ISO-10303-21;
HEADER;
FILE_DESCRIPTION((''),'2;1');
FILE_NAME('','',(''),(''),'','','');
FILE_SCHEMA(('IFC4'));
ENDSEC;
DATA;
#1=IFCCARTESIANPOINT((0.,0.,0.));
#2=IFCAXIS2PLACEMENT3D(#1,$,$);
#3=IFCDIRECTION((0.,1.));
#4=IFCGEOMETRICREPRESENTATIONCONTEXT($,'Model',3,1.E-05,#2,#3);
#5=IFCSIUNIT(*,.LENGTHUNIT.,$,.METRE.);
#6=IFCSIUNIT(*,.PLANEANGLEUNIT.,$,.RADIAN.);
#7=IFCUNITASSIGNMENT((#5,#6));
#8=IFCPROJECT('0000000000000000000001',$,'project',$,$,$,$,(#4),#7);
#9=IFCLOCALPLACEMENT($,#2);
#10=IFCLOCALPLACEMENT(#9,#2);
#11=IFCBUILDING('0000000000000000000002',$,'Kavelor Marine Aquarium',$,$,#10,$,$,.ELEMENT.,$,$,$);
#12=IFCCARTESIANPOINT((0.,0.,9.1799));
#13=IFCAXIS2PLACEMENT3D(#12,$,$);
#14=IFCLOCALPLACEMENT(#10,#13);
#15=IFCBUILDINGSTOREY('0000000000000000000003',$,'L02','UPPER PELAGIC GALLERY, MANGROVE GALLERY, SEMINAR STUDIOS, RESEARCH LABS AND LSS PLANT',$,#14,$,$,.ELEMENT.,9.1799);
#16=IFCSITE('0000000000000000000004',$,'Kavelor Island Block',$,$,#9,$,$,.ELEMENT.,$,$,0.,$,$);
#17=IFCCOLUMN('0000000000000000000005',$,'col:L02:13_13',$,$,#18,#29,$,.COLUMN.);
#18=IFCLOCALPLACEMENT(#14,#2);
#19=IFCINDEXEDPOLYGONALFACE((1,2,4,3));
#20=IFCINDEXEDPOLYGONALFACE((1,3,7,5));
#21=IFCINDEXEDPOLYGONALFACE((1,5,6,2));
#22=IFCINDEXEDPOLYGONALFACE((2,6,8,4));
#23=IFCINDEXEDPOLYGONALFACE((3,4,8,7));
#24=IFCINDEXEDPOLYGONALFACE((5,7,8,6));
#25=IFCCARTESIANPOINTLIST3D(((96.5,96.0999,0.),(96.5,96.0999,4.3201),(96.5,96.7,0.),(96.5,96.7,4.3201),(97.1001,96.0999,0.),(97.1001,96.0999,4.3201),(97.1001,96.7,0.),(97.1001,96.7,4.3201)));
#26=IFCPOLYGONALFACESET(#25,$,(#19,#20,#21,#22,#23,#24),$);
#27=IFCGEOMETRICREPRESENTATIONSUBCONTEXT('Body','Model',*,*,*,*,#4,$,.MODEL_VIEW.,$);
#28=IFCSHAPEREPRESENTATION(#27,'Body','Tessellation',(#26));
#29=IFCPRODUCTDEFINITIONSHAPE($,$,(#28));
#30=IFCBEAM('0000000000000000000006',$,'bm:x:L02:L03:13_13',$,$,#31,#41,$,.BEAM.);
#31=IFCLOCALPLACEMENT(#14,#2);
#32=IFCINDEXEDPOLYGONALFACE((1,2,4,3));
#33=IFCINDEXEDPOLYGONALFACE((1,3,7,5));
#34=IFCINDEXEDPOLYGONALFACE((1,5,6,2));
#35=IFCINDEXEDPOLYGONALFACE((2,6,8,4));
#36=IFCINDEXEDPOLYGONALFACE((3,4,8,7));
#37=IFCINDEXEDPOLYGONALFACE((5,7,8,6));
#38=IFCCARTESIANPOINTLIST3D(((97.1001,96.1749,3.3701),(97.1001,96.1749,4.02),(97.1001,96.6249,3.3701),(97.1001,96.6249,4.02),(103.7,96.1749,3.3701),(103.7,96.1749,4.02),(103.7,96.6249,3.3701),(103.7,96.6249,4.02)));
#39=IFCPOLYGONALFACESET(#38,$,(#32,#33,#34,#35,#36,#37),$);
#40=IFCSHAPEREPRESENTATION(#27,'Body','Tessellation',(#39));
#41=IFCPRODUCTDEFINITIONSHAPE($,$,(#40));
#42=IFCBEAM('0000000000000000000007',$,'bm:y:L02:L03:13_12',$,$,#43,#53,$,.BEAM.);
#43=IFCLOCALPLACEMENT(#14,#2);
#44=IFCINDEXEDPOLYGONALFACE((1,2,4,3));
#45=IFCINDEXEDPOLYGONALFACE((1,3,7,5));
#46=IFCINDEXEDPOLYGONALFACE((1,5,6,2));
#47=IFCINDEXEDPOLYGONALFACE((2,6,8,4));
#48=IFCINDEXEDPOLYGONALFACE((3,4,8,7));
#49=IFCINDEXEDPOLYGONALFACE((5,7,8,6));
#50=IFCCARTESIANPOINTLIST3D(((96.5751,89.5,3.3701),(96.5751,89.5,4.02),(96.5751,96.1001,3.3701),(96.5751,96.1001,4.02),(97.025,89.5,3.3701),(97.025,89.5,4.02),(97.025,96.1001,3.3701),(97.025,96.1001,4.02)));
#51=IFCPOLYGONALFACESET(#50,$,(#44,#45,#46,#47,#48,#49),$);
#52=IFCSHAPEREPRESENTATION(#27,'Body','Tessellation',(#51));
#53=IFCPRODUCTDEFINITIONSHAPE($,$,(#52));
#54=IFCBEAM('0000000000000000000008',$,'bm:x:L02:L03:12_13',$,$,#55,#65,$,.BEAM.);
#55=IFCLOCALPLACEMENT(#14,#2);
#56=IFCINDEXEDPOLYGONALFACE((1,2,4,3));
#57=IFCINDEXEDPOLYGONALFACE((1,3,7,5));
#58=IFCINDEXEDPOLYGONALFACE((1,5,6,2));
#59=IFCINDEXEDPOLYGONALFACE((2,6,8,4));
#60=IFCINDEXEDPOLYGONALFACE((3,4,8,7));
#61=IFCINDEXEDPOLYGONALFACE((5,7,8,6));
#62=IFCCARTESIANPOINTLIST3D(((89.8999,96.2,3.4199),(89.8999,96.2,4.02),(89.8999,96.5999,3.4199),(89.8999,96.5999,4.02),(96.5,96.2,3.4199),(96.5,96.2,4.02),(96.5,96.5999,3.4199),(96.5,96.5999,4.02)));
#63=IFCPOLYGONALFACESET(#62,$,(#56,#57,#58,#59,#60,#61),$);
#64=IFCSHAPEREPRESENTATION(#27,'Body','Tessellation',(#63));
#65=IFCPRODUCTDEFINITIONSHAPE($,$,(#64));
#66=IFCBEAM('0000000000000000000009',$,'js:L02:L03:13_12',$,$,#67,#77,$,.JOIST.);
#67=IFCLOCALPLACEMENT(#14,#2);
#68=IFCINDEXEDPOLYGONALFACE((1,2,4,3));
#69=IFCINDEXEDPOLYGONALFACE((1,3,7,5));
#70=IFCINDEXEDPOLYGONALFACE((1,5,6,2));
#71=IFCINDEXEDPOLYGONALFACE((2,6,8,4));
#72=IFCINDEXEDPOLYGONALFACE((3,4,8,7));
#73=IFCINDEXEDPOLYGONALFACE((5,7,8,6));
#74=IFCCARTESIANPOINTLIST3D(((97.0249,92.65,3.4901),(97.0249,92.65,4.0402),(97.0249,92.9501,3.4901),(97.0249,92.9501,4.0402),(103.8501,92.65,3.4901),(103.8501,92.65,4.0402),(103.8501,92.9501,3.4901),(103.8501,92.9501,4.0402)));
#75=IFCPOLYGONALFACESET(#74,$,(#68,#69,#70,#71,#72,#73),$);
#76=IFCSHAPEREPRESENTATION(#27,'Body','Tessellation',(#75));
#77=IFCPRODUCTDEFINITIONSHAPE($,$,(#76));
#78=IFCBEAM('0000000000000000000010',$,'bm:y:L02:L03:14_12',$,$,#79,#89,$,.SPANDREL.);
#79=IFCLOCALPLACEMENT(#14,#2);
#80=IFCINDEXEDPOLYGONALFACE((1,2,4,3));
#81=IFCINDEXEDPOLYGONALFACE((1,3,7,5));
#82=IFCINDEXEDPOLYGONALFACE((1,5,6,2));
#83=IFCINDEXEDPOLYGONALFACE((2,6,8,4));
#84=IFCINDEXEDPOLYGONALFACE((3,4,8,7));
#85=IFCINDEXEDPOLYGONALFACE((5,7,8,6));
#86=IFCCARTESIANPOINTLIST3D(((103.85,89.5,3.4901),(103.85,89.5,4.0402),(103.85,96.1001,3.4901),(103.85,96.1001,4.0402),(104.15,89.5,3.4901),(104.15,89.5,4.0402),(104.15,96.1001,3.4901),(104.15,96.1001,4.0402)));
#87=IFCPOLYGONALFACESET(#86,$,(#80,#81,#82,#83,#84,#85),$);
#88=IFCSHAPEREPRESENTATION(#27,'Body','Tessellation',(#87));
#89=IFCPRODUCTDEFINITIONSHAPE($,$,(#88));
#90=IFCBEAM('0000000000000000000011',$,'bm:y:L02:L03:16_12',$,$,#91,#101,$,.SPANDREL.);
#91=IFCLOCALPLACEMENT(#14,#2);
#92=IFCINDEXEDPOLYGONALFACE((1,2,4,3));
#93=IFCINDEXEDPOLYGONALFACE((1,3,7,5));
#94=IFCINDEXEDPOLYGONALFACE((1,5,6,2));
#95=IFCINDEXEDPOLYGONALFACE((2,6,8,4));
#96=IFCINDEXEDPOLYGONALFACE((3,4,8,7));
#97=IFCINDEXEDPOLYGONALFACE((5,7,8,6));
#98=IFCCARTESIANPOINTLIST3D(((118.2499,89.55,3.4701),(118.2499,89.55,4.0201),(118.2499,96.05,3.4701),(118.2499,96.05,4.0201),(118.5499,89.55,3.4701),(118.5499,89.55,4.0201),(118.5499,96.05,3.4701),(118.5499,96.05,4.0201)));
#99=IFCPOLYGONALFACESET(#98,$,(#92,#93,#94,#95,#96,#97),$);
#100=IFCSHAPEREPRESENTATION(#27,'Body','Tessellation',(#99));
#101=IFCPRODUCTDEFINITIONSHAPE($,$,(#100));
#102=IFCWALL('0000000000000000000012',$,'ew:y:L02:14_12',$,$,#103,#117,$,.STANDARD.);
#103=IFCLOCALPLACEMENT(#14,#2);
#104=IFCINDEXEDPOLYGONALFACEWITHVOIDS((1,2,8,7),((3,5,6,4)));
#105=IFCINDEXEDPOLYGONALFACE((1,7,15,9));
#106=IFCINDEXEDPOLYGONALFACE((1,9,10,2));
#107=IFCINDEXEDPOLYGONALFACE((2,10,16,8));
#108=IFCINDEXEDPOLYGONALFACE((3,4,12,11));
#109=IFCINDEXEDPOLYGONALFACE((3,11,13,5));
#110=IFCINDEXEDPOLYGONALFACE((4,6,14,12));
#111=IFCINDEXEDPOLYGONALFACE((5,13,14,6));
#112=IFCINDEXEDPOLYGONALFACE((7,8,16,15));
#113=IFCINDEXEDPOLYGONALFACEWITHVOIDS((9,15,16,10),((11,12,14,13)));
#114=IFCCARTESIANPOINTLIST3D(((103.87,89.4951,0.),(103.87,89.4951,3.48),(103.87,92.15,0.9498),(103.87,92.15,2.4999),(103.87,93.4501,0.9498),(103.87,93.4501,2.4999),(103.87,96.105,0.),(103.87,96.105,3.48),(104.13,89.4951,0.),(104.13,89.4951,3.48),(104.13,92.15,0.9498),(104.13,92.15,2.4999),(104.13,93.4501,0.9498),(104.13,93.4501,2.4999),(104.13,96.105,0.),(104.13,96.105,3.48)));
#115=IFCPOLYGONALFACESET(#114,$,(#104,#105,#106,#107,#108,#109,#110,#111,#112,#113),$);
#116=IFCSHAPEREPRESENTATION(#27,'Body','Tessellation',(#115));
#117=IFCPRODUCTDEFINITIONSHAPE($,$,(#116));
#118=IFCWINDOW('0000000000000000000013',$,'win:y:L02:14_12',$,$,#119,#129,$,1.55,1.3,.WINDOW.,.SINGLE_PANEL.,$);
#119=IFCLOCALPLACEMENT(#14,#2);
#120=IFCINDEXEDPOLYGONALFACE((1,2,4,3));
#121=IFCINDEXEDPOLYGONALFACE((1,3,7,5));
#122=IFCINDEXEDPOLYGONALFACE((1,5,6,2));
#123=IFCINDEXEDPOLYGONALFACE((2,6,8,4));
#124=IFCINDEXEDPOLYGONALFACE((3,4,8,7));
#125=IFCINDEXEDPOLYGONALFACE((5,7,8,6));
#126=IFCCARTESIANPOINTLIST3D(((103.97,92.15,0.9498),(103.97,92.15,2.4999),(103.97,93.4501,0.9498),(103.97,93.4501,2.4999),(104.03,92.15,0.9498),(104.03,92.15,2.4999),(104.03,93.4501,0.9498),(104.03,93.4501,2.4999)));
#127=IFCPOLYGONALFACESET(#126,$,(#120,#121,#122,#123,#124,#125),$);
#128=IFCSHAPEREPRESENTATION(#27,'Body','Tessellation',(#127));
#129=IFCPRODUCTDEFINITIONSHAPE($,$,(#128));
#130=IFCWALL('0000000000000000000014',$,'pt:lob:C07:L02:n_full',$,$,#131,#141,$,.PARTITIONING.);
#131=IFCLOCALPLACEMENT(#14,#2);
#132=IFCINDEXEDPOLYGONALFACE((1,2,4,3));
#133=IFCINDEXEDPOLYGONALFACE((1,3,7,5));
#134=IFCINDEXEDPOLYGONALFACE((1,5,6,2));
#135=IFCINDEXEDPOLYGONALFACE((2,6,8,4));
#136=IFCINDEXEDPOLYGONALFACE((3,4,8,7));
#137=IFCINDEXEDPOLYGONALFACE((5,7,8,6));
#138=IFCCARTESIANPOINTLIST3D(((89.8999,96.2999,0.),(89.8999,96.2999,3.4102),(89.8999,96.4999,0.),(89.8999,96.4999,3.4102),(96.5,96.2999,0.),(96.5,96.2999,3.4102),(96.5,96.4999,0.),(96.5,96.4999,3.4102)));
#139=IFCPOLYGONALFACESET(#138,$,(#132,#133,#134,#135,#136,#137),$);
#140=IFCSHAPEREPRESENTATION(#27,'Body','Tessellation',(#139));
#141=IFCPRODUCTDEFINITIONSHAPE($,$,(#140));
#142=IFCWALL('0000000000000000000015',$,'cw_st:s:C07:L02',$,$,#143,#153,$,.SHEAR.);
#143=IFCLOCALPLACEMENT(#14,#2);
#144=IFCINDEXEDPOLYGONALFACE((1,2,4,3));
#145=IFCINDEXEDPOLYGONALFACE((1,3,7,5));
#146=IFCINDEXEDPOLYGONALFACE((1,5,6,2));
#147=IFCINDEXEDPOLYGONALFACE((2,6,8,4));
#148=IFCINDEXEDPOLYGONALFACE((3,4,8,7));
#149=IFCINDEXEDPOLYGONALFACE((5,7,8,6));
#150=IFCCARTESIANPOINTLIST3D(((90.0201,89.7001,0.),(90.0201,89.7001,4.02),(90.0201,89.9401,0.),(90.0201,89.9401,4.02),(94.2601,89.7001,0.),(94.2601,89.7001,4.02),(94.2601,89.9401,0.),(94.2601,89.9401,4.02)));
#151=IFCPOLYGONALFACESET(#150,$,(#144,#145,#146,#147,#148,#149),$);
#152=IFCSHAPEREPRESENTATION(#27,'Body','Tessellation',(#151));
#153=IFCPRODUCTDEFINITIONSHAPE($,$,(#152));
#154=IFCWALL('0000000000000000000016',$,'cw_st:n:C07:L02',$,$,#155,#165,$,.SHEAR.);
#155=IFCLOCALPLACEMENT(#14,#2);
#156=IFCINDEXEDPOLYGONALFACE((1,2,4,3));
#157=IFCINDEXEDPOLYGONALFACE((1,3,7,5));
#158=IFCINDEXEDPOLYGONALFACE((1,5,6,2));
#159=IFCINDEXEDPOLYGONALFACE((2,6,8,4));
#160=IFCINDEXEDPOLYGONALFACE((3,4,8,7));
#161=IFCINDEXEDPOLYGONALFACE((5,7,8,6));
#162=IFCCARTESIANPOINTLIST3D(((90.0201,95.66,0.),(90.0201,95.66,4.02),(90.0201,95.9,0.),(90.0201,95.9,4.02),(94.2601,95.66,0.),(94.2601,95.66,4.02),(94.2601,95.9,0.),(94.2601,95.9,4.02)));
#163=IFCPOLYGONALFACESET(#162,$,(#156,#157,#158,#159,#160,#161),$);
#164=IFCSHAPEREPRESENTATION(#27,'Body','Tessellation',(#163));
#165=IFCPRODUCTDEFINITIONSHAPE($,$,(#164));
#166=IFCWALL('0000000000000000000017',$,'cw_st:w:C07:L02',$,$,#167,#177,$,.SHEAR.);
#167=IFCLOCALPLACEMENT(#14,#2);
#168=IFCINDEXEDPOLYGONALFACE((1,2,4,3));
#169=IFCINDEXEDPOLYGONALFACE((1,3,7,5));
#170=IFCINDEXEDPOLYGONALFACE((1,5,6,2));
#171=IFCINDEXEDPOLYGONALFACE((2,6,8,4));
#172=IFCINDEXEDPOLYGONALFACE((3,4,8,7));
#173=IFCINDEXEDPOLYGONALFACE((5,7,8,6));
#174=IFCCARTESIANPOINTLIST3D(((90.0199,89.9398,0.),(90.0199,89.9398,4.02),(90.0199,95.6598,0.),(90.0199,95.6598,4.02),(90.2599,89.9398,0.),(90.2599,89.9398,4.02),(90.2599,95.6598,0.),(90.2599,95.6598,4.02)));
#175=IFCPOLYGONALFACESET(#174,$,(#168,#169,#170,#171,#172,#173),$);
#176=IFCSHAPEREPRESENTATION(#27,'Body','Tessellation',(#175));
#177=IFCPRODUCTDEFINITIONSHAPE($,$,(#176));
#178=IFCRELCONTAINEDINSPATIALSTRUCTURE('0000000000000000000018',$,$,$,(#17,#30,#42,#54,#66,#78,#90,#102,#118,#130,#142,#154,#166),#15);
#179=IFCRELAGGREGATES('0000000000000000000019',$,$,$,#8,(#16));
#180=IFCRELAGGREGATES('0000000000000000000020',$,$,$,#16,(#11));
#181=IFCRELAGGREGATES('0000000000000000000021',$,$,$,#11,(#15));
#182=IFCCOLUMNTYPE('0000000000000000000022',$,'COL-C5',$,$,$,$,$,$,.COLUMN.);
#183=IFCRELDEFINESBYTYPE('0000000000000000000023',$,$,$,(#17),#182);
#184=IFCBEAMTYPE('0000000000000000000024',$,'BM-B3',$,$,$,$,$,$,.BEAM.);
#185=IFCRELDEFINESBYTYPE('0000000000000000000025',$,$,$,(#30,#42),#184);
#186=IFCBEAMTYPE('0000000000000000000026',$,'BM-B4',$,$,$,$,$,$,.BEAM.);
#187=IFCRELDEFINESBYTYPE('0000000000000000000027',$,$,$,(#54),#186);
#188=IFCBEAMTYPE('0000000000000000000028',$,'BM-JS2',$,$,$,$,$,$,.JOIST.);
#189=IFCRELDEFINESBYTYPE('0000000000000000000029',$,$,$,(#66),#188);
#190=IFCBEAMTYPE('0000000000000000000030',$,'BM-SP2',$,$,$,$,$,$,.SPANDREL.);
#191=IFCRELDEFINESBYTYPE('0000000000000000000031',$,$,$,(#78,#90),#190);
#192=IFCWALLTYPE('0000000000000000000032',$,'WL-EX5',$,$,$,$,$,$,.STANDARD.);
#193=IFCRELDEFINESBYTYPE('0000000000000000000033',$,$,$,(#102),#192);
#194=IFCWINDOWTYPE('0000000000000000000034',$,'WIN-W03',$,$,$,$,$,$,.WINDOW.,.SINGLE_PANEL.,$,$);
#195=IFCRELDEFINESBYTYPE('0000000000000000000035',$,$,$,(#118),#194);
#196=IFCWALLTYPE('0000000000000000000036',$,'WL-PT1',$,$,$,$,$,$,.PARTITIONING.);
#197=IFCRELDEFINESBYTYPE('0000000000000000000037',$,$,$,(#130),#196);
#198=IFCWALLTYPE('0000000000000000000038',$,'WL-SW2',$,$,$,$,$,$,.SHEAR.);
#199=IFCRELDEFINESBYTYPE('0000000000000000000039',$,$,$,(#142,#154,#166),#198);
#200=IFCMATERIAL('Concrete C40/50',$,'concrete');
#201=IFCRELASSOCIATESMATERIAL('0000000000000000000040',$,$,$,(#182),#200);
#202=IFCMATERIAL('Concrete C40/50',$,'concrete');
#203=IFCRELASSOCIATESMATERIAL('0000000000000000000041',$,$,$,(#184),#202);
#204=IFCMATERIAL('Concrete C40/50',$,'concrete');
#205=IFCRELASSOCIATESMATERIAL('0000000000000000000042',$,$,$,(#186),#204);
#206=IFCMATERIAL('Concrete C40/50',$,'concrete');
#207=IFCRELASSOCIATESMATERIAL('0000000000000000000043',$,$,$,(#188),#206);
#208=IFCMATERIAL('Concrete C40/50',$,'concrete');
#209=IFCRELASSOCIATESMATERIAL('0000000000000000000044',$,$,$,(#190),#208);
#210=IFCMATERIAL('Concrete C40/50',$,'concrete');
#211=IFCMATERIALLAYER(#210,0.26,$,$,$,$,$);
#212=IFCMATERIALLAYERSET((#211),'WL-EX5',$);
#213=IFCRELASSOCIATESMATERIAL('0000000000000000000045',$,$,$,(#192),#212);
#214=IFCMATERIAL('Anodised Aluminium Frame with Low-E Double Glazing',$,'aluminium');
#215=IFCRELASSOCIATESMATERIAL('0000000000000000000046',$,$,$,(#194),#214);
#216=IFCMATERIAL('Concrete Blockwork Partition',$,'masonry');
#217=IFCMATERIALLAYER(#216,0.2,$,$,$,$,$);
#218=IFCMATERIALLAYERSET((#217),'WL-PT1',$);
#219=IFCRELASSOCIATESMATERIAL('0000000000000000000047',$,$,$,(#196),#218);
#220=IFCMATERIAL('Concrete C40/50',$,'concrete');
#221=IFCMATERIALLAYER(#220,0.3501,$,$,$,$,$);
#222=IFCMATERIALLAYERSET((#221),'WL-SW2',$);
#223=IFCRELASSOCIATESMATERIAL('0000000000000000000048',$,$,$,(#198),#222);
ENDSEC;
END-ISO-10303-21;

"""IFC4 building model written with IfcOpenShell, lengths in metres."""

from ifc_helpers import new_model, si_unit, direction, frame, frame_2d, origin, origin_2d, place, context, subcontext, project, spatial, rectangle, extrude, material, layer, layer_set, material_profile, profile_set, type_object, element, fill, save


model = new_model("IFC4")

# Units and contexts
model_context = context("Model", 3, precision=1e-05, world=origin(), true_north=direction((0.0, 1.0)))
body_context = subcontext(model_context, "Body", "Model", "MODEL_VIEW")
ifc_project = project(units=[si_unit("LENGTHUNIT", "METRE"), si_unit("PLANEANGLEUNIT", "RADIAN")], contexts=[model_context])

# Site, building, storey
site_placement = place(None, origin())
site = spatial("IfcSite", under=ifc_project, at=site_placement, Name="Kavelor Island Block", CompositionType="ELEMENT", RefElevation=0.0)
building_placement = place(site_placement, origin())
building = spatial("IfcBuilding", under=site, at=building_placement, Name="Kavelor Marine Aquarium", CompositionType="ELEMENT")
storey_placement = place(building_placement, frame((0.0, 0.0, 9.1799)))
storey = spatial("IfcBuildingStorey", under=building, at=storey_placement, Name="L02", Description="UPPER PELAGIC GALLERY, MANGROVE GALLERY, SEMINAR STUDIOS, RESEARCH LABS AND LSS PLANT", CompositionType="ELEMENT", Elevation=9.1799)

# Column
ifc_material_1 = material(Name="Concrete C40/50", Category="concrete")
ifc_material_profile_1 = material_profile(ifc_material_1, rectangle(XDim=0.6001, YDim=0.6001, at=origin_2d()), Name="RC-COL 600x600")
ifc_profile_set_1 = profile_set([ifc_material_profile_1], Name="Concrete C40/50")
column_type = type_object("IfcColumnType", Name="COL-C5", PredefinedType="COLUMN", material=ifc_profile_set_1)
column_placement = place(storey_placement, frame((96.8, 96.3999, 0.0), z_axis=(0.0, 0.0, 1.0), x_axis=(1.0, 0.0, 0.0)))
element("IfcColumn", 1, at=column_placement, inside=storey, type_object=column_type, Name="col:L02:13_13", PredefinedType="COLUMN", context=body_context, shape_type="SweptSolid", body=[
    extrude(rectangle(XDim=0.6001, YDim=0.6001, at=origin_2d()), origin(), (0.0, 0.0, 1.0), 4.3201),
])

# Beams
ifc_material_2 = material(Name="Concrete C40/50", Category="concrete")
ifc_material_profile_2 = material_profile(ifc_material_2, rectangle(XDim=0.45, YDim=0.6499, at=origin_2d()), Name="RC-BM 450x650")
ifc_profile_set_2 = profile_set([ifc_material_profile_2], Name="Concrete C40/50")
beam_type_1 = type_object("IfcBeamType", Name="BM-B3", PredefinedType="BEAM", material=ifc_profile_set_2)
beam_1_placement = place(storey_placement, frame((97.1001, 96.3999, 3.6951), z_axis=(1.0, 0.0, 0.0), x_axis=(0.0, 1.0, 0.0)))
element("IfcBeam", 2, at=beam_1_placement, inside=storey, type_object=beam_type_1, Name="bm:x:L02:L03:13_13", PredefinedType="BEAM", context=body_context, shape_type="SweptSolid", body=[
    extrude(rectangle(XDim=0.45, YDim=0.6499, at=origin_2d()), origin(), (0.0, 0.0, 1.0), 6.5999),
])
beam_2_placement = place(storey_placement, frame((96.8, 89.5, 3.6951), z_axis=(0.0, 1.0, 0.0), x_axis=(-1.0, 0.0, 0.0)))
element("IfcBeam", 3, at=beam_2_placement, inside=storey, type_object=beam_type_1, Name="bm:y:L02:L03:13_12", PredefinedType="BEAM", context=body_context, shape_type="SweptSolid", body=[
    extrude(rectangle(XDim=0.45, YDim=0.6499, at=origin_2d()), origin(), (0.0, 0.0, 1.0), 6.6001),
])
ifc_material_3 = material(Name="Concrete C40/50", Category="concrete")
ifc_material_profile_3 = material_profile(ifc_material_3, rectangle(XDim=0.3999, YDim=0.6001, at=origin_2d()), Name="RC-BM 400x600")
ifc_profile_set_3 = profile_set([ifc_material_profile_3], Name="Concrete C40/50")
beam_type_2 = type_object("IfcBeamType", Name="BM-B4", PredefinedType="BEAM", material=ifc_profile_set_3)
beam_3_placement = place(storey_placement, frame((89.8999, 96.3999, 3.72), z_axis=(1.0, 0.0, 0.0), x_axis=(0.0, 1.0, 0.0)))
element("IfcBeam", 4, at=beam_3_placement, inside=storey, type_object=beam_type_2, Name="bm:x:L02:L03:12_13", PredefinedType="BEAM", context=body_context, shape_type="SweptSolid", body=[
    extrude(rectangle(XDim=0.3999, YDim=0.6001, at=origin_2d()), origin(), (0.0, 0.0, 1.0), 6.6001),
])
ifc_material_4 = material(Name="Concrete C40/50", Category="concrete")
ifc_material_profile_4 = material_profile(ifc_material_4, rectangle(XDim=0.3, YDim=0.55, at=origin_2d()), Name="RC-JS 300x550")
ifc_profile_set_4 = profile_set([ifc_material_profile_4], Name="Concrete C40/50")
beam_type_3 = type_object("IfcBeamType", Name="BM-JS2", PredefinedType="JOIST", material=ifc_profile_set_4)
beam_4_placement = place(storey_placement, frame((97.0249, 92.8, 3.7651), z_axis=(1.0, 0.0, 0.0), x_axis=(0.0, 1.0, 0.0)))
element("IfcBeam", 5, at=beam_4_placement, inside=storey, type_object=beam_type_3, Name="js:L02:L03:13_12", PredefinedType="JOIST", context=body_context, shape_type="SweptSolid", body=[
    extrude(rectangle(XDim=0.3, YDim=0.55, at=origin_2d()), origin(), (0.0, 0.0, 1.0), 6.8252),
])
ifc_material_5 = material(Name="Concrete C40/50", Category="concrete")
ifc_material_profile_5 = material_profile(ifc_material_5, rectangle(XDim=0.3, YDim=0.55, at=origin_2d()), Name="RC-SP 300x550")
ifc_profile_set_5 = profile_set([ifc_material_profile_5], Name="Concrete C40/50")
beam_type_4 = type_object("IfcBeamType", Name="BM-SP2", PredefinedType="SPANDREL", material=ifc_profile_set_5)
beam_5_placement = place(storey_placement, frame((104.0, 89.5, 3.7651), z_axis=(0.0, 1.0, 0.0), x_axis=(-1.0, 0.0, 0.0)))
element("IfcBeam", 6, at=beam_5_placement, inside=storey, type_object=beam_type_4, Name="bm:y:L02:L03:14_12", PredefinedType="SPANDREL", context=body_context, shape_type="SweptSolid", body=[
    extrude(rectangle(XDim=0.3, YDim=0.55, at=origin_2d()), origin(), (0.0, 0.0, 1.0), 6.6001),
])
beam_6_placement = place(storey_placement, frame((118.3999, 89.55, 3.7451), z_axis=(0.0, 1.0, 0.0), x_axis=(-1.0, 0.0, 0.0)))
element("IfcBeam", 7, at=beam_6_placement, inside=storey, type_object=beam_type_4, Name="bm:y:L02:L03:16_12", PredefinedType="SPANDREL", context=body_context, shape_type="SweptSolid", body=[
    extrude(rectangle(XDim=0.3, YDim=0.55, at=origin_2d()), origin(), (0.0, 0.0, 1.0), 6.5),
])

# Wall, opening, window
ifc_material_6 = material(Name="Concrete C40/50", Category="concrete")
ifc_layer_1 = layer(ifc_material_6, 0.26)
ifc_layer_set_1 = layer_set([ifc_layer_1], Name="WL-EX5")
wall_type_1 = type_object("IfcWallType", Name="WL-EX5", PredefinedType="STANDARD", material=ifc_layer_set_1)
wall_1_placement = place(storey_placement, frame((104.0, 96.105, 0.0), z_axis=(0.0, 0.0, 1.0), x_axis=(0.0, -1.0, 0.0)))
wall_1 = element("IfcWall", 8, at=wall_1_placement, inside=storey, type_object=wall_type_1, Name="ew:y:L02:14_12", PredefinedType="STANDARD", context=body_context, shape_type="SweptSolid", body=[
    extrude(rectangle(XDim=6.6099, YDim=0.26, at=frame_2d((3.3049, 0.0))), origin(), (0.0, 0.0, 1.0), 3.48),
])
opening_1_placement = place(wall_1_placement, frame((2.655, 0.0, 0.95)))
opening_1 = element("IfcOpeningElement", 9, at=opening_1_placement, cuts=wall_1, PredefinedType="OPENING", context=body_context, shape_type="SweptSolid", body=[
    extrude(rectangle(XDim=1.3, YDim=1.55, at=frame_2d((0.6499, 0.7749))), frame((0.0, 0.1399, 0.0), z_axis=(0.0, -1.0, 0.0), x_axis=(1.0, 0.0, 0.0)), (0.0, 0.0, 1.0), 0.28),
])
ifc_material_7 = material(Name="Anodised Aluminium Frame with Low-E Double Glazing", Category="aluminium")
window_type = type_object("IfcWindowType", Name="WIN-W03", PartitioningType="SINGLE_PANEL", PredefinedType="WINDOW", material=ifc_material_7)
window_placement = place(opening_1_placement, origin())
window = element("IfcWindow", 10, at=window_placement, inside=storey, type_object=window_type, Name="win:y:L02:14_12", OverallHeight=1.55, OverallWidth=1.3, PartitioningType="SINGLE_PANEL", PredefinedType="WINDOW", context=body_context, shape_type="SweptSolid", body=[
    extrude(rectangle(XDim=1.3, YDim=1.55, at=frame_2d((0.6499, 0.7749))), frame((0.0, 0.03, 0.0), z_axis=(0.0, -1.0, 0.0), x_axis=(1.0, 0.0, 0.0)), (0.0, 0.0, 1.0), 0.0601),
])
fill(opening_1, window)

# Shared definitions
ifc_material_8 = material(Name="Concrete Blockwork Partition", Category="masonry")
ifc_layer_2 = layer(ifc_material_8, 0.2)
ifc_layer_set_2 = layer_set([ifc_layer_2], Name="WL-PT1")
wall_type_2 = type_object("IfcWallType", Name="WL-PT1", PredefinedType="PARTITIONING", material=ifc_layer_set_2)

# Walls
wall_2_placement = place(storey_placement, frame((89.8999, 96.3999, 0.0), z_axis=(0.0, 0.0, 1.0), x_axis=(1.0, 0.0, 0.0)))
element("IfcWall", 11, at=wall_2_placement, inside=storey, type_object=wall_type_2, Name="pt:lob:C07:L02:n_full", PredefinedType="PARTITIONING", context=body_context, shape_type="SweptSolid", body=[
    extrude(rectangle(XDim=6.6001, YDim=0.2, at=frame_2d((3.3, 0.0))), origin(), (0.0, 0.0, 1.0), 3.4102),
])
ifc_material_9 = material(Name="Concrete C40/50", Category="concrete")
ifc_layer_3 = layer(ifc_material_9, 0.3501)
ifc_layer_set_3 = layer_set([ifc_layer_3], Name="WL-SW2")
wall_type_3 = type_object("IfcWallType", Name="WL-SW2", PredefinedType="SHEAR", material=ifc_layer_set_3)
for number, where, z_axis, x_axis, name in (
    (12, (90.02, 89.8201, 0.0), (0.0, 0.0, 1.0), (1.0, 0.0, 0.0), "cw_st:s:C07:L02"),
    (13, (90.02, 95.78, 0.0), (0.0, 0.0, 1.0), (1.0, 0.0, 0.0), "cw_st:n:C07:L02"),
):
    element("IfcWall", number, at=place(storey_placement, frame(where, z_axis=z_axis, x_axis=x_axis)), inside=storey, type_object=wall_type_3, Name=name, PredefinedType="SHEAR", context=body_context, shape_type="SweptSolid", body=[
        extrude(rectangle(XDim=4.24, YDim=0.24, at=frame_2d((2.1201, 0.0))), origin(), (0.0, 0.0, 1.0), 4.02),
    ])
wall_3_placement = place(storey_placement, frame((90.1399, 89.9399, 0.0), z_axis=(0.0, 0.0, 1.0), x_axis=(0.0, 1.0, 0.0)))
element("IfcWall", 14, at=wall_3_placement, inside=storey, type_object=wall_type_3, Name="cw_st:w:C07:L02", PredefinedType="SHEAR", context=body_context, shape_type="SweptSolid", body=[
    extrude(rectangle(XDim=5.72, YDim=0.24, at=frame_2d((2.8599, 0.0))), origin(), (0.0, 0.0, 1.0), 4.02),
])

save(model, "model.ifc")
